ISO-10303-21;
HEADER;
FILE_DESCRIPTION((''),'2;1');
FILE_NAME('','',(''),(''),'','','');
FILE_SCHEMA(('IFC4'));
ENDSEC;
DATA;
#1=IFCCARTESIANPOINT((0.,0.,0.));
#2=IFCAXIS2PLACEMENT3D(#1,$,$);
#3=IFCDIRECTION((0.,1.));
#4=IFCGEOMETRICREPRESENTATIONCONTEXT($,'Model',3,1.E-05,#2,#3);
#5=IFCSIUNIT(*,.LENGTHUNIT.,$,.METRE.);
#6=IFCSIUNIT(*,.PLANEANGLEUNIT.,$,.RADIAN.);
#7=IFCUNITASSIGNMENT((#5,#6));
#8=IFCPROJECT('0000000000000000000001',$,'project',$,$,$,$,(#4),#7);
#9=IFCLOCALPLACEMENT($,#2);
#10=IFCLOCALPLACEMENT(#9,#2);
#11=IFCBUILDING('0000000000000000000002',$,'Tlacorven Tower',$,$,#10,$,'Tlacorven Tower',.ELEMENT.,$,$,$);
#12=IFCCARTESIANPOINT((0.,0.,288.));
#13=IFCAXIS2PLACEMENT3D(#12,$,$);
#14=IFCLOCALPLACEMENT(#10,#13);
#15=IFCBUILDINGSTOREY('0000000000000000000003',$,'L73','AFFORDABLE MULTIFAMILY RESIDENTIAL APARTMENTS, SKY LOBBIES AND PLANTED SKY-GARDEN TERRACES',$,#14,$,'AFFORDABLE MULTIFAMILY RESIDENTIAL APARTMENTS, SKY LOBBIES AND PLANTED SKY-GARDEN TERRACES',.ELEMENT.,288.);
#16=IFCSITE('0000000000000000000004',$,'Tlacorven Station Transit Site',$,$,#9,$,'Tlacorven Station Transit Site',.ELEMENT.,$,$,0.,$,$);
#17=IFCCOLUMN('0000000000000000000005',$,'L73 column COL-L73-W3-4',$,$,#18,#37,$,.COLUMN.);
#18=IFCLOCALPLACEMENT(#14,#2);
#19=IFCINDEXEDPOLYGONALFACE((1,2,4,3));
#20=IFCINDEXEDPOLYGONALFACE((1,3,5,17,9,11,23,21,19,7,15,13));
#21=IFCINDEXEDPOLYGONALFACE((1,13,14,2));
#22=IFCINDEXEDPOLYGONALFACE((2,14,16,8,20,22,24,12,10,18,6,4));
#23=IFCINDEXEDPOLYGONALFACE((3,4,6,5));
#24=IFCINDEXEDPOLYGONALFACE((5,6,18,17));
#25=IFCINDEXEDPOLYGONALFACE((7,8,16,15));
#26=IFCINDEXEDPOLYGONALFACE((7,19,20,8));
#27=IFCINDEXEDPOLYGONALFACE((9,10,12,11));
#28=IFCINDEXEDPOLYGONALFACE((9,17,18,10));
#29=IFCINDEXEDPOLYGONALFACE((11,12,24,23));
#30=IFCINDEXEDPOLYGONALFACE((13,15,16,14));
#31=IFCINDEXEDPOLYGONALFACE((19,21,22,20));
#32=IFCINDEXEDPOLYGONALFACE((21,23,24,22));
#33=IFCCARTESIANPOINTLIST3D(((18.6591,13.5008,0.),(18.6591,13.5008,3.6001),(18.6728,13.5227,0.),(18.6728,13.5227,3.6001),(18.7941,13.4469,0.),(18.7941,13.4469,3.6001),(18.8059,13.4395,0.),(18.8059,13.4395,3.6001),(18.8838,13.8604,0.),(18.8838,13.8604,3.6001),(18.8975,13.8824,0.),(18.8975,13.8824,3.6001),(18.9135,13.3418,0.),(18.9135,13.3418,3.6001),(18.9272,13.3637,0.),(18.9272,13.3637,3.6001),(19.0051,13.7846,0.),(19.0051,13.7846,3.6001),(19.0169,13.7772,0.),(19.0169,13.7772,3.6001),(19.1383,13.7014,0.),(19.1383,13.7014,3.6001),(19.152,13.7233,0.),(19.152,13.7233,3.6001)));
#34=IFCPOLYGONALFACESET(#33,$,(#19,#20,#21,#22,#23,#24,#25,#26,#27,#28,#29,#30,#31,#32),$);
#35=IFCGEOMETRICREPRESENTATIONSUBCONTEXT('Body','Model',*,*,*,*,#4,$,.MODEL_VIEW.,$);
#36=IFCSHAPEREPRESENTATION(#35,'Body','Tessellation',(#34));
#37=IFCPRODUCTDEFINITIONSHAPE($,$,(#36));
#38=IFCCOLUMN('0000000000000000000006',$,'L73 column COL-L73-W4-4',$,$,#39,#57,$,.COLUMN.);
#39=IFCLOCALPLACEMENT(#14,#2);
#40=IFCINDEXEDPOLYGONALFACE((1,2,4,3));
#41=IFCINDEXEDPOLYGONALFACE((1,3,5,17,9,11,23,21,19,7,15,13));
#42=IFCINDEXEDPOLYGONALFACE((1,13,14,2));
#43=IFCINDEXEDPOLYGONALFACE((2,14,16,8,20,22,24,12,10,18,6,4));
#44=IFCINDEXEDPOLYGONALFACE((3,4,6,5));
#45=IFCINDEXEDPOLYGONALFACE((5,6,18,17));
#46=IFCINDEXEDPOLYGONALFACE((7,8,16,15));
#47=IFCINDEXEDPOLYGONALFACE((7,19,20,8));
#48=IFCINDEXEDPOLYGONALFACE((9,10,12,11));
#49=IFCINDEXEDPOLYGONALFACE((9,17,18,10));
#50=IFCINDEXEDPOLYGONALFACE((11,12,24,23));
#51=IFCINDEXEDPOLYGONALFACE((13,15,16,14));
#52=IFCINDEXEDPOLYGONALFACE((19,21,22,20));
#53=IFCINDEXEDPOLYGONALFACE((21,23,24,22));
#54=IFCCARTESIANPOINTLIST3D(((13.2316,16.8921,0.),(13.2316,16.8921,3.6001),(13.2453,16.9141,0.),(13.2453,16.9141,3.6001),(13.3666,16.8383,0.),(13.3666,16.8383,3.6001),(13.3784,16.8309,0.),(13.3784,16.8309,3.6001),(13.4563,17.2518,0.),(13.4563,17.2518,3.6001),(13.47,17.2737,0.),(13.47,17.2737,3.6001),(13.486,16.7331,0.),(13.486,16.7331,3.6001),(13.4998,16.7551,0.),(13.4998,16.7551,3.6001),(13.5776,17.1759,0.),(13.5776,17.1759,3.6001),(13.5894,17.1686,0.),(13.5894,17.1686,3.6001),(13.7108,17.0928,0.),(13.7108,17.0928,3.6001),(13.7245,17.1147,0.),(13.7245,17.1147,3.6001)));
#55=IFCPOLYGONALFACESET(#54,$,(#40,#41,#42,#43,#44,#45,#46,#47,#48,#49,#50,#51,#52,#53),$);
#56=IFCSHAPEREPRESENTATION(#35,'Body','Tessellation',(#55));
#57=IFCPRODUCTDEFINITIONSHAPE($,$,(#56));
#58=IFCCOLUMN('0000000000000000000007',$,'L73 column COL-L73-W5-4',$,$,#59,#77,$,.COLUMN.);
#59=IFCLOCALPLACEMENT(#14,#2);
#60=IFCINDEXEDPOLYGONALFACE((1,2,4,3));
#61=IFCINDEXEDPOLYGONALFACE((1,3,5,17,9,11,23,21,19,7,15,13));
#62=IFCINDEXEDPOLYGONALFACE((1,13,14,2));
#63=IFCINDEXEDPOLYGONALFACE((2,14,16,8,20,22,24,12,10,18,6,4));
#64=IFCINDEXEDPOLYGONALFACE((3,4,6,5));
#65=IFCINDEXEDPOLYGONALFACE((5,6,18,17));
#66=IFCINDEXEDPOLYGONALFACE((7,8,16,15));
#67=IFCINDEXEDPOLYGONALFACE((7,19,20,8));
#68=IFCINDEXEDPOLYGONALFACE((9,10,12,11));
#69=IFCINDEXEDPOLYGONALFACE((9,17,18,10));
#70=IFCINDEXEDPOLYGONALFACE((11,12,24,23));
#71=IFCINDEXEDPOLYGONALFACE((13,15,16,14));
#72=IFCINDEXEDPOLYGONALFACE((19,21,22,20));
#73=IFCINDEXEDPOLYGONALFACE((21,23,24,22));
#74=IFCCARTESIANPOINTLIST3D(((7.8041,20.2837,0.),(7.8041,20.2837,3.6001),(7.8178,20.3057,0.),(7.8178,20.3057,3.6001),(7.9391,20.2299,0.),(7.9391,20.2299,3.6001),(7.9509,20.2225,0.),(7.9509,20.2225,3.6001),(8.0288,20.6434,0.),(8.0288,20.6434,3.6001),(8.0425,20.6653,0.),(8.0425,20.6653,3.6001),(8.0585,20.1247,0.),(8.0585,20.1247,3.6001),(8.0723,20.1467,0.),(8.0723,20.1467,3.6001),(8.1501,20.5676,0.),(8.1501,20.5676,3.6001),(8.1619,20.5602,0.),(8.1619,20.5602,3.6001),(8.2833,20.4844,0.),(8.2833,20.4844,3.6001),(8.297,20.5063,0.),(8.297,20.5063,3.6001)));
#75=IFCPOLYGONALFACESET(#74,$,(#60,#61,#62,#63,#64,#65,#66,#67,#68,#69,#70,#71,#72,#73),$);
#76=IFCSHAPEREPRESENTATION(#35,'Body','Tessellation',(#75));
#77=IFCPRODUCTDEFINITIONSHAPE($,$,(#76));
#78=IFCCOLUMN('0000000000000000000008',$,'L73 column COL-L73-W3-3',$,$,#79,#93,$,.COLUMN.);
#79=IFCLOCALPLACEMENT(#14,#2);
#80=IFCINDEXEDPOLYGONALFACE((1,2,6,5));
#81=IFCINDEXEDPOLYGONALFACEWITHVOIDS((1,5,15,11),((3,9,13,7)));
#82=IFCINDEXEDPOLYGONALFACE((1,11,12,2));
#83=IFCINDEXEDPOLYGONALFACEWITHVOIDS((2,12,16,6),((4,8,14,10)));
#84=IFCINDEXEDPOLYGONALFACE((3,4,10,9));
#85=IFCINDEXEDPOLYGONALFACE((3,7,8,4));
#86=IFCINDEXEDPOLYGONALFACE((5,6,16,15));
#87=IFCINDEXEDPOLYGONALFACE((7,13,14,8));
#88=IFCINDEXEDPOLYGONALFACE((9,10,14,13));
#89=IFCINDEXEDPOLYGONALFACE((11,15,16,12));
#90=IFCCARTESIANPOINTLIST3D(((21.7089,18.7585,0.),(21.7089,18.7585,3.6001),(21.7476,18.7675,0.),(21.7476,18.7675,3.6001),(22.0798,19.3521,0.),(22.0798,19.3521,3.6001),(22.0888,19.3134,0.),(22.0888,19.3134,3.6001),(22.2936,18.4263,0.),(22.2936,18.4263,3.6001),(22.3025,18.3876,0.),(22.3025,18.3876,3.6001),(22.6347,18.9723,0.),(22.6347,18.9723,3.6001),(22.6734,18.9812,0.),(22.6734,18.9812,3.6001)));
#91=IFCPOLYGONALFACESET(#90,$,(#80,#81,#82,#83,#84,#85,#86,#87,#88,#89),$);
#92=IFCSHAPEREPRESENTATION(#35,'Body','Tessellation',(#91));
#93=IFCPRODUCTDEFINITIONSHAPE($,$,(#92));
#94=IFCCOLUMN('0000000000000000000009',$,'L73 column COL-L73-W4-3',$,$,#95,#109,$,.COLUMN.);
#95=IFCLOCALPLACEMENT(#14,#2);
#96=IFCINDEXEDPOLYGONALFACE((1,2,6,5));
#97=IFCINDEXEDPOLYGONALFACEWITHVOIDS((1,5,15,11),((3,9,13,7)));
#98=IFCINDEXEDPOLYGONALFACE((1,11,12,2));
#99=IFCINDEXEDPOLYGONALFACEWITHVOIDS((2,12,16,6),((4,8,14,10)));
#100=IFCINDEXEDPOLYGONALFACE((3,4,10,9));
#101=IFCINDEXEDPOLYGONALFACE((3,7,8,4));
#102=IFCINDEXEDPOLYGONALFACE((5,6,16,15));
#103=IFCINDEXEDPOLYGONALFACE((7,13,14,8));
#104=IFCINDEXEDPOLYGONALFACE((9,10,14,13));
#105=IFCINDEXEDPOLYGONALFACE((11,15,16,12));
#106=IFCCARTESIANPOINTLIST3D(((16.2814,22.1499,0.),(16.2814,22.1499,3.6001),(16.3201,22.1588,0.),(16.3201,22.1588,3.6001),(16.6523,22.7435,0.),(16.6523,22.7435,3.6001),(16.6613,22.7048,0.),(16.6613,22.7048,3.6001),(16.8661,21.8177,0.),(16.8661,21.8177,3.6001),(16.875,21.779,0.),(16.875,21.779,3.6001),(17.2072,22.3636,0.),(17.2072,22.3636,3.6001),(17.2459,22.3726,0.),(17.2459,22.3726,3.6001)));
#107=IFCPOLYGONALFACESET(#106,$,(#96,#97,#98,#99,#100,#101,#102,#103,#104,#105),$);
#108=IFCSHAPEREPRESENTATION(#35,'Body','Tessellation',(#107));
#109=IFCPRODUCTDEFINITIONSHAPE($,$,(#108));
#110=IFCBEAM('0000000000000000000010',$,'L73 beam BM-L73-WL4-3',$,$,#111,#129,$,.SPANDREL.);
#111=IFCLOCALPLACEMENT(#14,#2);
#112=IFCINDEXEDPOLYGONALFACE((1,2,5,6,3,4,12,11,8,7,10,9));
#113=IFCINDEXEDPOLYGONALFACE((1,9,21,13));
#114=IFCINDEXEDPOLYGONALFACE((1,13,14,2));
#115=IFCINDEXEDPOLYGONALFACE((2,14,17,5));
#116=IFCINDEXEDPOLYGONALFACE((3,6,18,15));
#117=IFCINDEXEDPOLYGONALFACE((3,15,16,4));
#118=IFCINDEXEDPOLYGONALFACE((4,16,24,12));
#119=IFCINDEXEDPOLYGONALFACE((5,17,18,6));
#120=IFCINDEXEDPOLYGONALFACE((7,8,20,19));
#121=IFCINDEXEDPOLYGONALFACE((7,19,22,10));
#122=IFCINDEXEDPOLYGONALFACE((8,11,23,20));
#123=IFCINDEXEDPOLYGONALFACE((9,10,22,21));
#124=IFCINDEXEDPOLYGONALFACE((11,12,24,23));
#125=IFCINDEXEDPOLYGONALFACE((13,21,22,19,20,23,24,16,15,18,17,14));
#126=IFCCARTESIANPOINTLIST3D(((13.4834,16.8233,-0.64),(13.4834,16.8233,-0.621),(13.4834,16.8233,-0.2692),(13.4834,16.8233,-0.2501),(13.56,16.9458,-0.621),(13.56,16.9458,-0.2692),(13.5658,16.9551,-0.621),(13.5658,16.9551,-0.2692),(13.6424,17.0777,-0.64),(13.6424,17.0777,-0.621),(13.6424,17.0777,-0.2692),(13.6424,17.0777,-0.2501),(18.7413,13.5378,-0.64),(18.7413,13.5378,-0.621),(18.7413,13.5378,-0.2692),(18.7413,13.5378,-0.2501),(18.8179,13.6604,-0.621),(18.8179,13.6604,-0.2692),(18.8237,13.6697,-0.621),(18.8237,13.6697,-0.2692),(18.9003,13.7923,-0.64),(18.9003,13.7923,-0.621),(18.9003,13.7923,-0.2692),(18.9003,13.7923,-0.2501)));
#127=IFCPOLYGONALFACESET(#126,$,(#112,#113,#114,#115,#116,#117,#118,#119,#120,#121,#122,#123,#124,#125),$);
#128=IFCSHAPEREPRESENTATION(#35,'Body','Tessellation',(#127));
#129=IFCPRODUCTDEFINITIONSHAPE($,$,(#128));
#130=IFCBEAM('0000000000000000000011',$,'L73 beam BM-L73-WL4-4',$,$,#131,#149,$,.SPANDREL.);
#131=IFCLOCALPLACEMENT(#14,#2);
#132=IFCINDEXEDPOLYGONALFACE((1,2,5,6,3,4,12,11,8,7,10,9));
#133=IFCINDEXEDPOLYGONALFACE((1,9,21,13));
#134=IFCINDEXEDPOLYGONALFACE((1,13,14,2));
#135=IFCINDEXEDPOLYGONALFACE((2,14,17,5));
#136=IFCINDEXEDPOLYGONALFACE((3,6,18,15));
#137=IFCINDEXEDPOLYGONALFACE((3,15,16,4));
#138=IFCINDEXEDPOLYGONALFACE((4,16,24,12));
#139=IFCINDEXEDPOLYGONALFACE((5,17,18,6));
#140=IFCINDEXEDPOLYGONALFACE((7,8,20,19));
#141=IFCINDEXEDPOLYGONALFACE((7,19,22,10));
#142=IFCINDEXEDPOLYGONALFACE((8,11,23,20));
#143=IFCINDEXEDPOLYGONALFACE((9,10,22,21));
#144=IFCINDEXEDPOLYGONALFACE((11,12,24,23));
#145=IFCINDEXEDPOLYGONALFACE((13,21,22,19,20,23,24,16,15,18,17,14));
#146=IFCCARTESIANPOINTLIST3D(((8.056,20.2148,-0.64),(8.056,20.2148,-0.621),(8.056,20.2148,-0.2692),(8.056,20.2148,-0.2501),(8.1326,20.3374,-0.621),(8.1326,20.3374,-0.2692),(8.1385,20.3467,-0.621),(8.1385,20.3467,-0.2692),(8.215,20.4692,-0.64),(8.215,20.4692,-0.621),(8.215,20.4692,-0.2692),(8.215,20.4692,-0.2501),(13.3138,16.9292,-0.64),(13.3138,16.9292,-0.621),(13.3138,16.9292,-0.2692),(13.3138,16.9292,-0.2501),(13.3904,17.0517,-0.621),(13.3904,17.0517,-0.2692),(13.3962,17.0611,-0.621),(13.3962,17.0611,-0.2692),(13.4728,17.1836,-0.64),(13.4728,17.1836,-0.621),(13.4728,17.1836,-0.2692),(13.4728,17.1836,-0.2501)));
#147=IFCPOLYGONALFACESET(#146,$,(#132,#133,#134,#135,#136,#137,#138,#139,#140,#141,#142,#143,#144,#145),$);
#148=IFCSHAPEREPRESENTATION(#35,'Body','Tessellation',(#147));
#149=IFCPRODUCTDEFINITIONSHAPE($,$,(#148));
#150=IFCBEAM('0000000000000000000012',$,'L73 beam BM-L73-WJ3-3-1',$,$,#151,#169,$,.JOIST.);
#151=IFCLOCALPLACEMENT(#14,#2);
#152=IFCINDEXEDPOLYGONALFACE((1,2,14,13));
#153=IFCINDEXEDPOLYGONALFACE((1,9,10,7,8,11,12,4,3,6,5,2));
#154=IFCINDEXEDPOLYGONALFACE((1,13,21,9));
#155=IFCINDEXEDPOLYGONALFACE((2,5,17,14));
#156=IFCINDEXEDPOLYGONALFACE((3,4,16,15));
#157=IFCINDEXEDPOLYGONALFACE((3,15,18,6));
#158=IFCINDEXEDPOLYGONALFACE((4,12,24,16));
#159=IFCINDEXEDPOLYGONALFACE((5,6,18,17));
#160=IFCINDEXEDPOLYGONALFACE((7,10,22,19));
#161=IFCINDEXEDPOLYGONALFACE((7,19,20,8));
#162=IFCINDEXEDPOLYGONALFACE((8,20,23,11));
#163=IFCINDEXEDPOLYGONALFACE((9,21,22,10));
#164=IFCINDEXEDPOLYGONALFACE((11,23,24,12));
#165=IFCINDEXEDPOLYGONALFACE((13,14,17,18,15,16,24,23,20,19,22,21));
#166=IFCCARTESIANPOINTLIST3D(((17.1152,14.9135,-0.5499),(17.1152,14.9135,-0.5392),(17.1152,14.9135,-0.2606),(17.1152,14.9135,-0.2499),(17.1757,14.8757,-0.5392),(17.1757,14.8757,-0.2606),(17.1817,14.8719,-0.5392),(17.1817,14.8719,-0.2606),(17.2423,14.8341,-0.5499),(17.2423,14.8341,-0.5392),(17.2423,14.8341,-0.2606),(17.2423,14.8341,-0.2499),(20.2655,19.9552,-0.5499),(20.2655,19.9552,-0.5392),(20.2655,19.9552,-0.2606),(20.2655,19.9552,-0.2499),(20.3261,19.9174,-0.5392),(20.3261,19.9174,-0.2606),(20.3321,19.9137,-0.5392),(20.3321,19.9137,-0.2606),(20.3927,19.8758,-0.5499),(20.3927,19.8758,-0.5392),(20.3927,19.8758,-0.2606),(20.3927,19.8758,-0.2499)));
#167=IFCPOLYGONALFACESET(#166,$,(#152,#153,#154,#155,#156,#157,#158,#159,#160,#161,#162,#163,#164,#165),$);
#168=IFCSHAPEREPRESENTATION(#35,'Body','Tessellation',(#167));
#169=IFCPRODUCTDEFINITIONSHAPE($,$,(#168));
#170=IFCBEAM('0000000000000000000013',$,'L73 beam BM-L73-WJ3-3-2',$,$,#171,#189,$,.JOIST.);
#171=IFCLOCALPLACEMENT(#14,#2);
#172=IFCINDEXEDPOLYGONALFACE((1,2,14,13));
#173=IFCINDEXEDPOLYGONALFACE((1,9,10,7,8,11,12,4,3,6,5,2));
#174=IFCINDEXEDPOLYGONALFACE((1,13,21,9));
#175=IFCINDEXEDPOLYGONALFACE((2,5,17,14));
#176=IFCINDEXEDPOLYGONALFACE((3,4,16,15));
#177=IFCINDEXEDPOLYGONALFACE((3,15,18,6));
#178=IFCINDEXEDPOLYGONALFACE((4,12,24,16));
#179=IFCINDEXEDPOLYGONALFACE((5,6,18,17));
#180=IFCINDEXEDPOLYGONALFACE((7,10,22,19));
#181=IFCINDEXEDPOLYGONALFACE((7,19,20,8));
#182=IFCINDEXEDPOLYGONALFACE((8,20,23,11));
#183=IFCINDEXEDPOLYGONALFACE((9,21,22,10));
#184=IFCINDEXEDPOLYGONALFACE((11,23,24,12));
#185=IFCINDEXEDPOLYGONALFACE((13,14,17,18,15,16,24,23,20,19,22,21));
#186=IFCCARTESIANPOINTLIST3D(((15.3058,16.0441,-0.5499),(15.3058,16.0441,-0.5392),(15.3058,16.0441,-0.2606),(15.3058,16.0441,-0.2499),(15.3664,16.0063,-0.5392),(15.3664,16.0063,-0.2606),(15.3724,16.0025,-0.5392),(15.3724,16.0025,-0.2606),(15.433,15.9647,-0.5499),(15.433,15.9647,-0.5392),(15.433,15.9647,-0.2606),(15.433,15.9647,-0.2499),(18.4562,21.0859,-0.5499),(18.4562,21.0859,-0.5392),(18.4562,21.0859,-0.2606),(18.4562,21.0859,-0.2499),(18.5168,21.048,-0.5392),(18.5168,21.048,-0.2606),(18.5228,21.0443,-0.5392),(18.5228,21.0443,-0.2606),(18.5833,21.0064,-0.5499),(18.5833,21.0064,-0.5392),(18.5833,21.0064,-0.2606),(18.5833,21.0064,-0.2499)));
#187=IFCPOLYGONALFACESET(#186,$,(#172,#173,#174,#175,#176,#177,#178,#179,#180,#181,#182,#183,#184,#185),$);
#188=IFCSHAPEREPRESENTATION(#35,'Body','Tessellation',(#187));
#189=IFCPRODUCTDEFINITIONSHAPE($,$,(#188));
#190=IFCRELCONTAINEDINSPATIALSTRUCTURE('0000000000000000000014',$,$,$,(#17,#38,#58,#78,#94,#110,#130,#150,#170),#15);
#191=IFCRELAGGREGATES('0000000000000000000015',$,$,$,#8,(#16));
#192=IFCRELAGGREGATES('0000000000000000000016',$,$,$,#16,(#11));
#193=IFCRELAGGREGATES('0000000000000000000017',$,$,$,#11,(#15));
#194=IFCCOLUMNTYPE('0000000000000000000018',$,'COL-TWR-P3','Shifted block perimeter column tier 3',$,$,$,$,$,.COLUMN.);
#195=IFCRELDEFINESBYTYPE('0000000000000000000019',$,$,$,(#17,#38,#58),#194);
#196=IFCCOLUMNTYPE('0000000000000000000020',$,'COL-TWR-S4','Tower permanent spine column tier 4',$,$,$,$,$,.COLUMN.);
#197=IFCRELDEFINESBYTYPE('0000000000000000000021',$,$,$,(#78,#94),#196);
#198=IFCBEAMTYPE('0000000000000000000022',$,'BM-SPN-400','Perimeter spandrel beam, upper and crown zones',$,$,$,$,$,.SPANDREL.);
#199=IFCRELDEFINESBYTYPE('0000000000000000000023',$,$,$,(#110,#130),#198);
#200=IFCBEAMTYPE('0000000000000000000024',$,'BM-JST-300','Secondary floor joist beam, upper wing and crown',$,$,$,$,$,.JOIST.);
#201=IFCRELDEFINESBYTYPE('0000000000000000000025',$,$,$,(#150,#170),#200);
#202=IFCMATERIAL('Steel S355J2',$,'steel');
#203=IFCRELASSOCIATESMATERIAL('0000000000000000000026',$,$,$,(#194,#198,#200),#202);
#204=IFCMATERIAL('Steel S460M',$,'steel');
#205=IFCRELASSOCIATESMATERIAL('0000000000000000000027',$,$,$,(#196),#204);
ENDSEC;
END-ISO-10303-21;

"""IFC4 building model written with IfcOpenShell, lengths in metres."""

from ifc_helpers import new_model, si_unit, direction, frame, origin, origin_2d, place, context, subcontext, project, spatial, hollow_rectangle, i_section, extrude, source, transform, mapped, material, material_profile, profile_set, type_object, element, save


model = new_model("IFC4")

# Units and contexts
model_context = context("Model", 3, precision=1e-05, world=origin(), true_north=direction((0.0, 1.0)))
body_context = subcontext(model_context, "Body", "Model", "MODEL_VIEW")
ifc_project = project(units=[si_unit("LENGTHUNIT", "METRE"), si_unit("PLANEANGLEUNIT", "RADIAN")], contexts=[model_context])

# Site, building, storey
site_placement = place(None, origin())
site = spatial("IfcSite", under=ifc_project, at=site_placement, Name="Tlacorven Station Transit Site", LongName="Tlacorven Station Transit Site", CompositionType="ELEMENT", RefElevation=0.0)
building_placement = place(site_placement, origin())
building = spatial("IfcBuilding", under=site, at=building_placement, Name="Tlacorven Tower", LongName="Tlacorven Tower", CompositionType="ELEMENT")
storey_placement = place(building_placement, frame((0.0, 0.0, 288.0)))
storey = spatial("IfcBuildingStorey", under=building, at=storey_placement, Name="L73", Description="AFFORDABLE MULTIFAMILY RESIDENTIAL APARTMENTS, SKY LOBBIES AND PLANTED SKY-GARDEN TERRACES", LongName="AFFORDABLE MULTIFAMILY RESIDENTIAL APARTMENTS, SKY LOBBIES AND PLANTED SKY-GARDEN TERRACES", CompositionType="ELEMENT", Elevation=288.0)

# Columns
ifc_material_1 = material(Name="Steel S355J2", Category="steel")
ifc_material_profile_1 = material_profile(ifc_material_1, i_section(OverallWidth=0.3, OverallDepth=0.45, WebThickness=0.0139, FlangeThickness=0.0259, at=origin_2d()), Name="HEB 450")
ifc_profile_set_1 = profile_set([ifc_material_profile_1], Name="Steel S355J2")
column_type_1 = type_object("IfcColumnType", Name="COL-TWR-P3", Description="Shifted block perimeter column tier 3", PredefinedType="COLUMN", material=ifc_profile_set_1)
shared_shape_1 = source(origin(), body_context, "Body", "SweptSolid", [
    extrude(i_section(OverallWidth=0.3, OverallDepth=0.45, WebThickness=0.0139, FlangeThickness=0.0259, at=origin_2d()), origin(), (0.0, 0.0, 1.0), 3.6001),
])
for number, where, z_axis, x_axis, name in (
    (1, (18.9055, 13.6121, 0.0), (0.0, 0.0, 1.0), (-0.848048, 0.529919, 0.0), "L73 column COL-L73-W3-4"),
    (2, (13.478, 17.0034, 0.0), (0.0, 0.0, 1.0), (-0.848048, 0.529919, 0.0), "L73 column COL-L73-W4-4"),
    (3, (8.0505, 20.395, 0.0), (0.0, 0.0, 1.0), (-0.848048, 0.529919, 0.0), "L73 column COL-L73-W5-4"),
):
    element("IfcColumn", number, at=place(storey_placement, frame(where, z_axis=z_axis, x_axis=x_axis)), inside=storey, type_object=column_type_1, Name=name, PredefinedType="COLUMN", context=body_context, shape_type="MappedRepresentation", body=[
        mapped(shared_shape_1, transform((0.0, 0.0, 0.0), scale=1.0)),
    ])
ifc_material_2 = material(Name="Steel S460M", Category="steel")
ifc_material_profile_2 = material_profile(ifc_material_2, hollow_rectangle(XDim=0.7, YDim=0.7, WallThickness=0.0281, at=origin_2d()), Name="BOX 700X700X28")
ifc_profile_set_2 = profile_set([ifc_material_profile_2], Name="Steel S460M")
column_type_2 = type_object("IfcColumnType", Name="COL-TWR-S4", Description="Tower permanent spine column tier 4", PredefinedType="COLUMN", material=ifc_profile_set_2)
shared_shape_2 = source(origin(), body_context, "Body", "SweptSolid", [
    extrude(hollow_rectangle(XDim=0.7, YDim=0.7, WallThickness=0.0281, at=origin_2d()), origin(), (0.0, 0.0, 1.0), 3.6001),
])
for number, where, z_axis, x_axis, name in (
    (4, (22.1912, 18.8699, 0.0), (0.0, 0.0, 1.0), (-0.848048, 0.529919, 0.0), "L73 column COL-L73-W3-3"),
    (5, (16.7637, 22.2612, 0.0), (0.0, 0.0, 1.0), (-0.848048, 0.529919, 0.0), "L73 column COL-L73-W4-3"),
):
    element("IfcColumn", number, at=place(storey_placement, frame(where, z_axis=z_axis, x_axis=x_axis)), inside=storey, type_object=column_type_2, Name=name, PredefinedType="COLUMN", context=body_context, shape_type="MappedRepresentation", body=[
        mapped(shared_shape_2, transform((0.0, 0.0, 0.0), scale=1.0)),
    ])

# Beams
ifc_material_profile_3 = material_profile(ifc_material_1, i_section(OverallWidth=0.3, OverallDepth=0.3899, WebThickness=0.011, FlangeThickness=0.019, at=origin_2d()), Name="HEA 400")
ifc_profile_set_3 = profile_set([ifc_material_profile_3], Name="Steel S355J2")
beam_type_1 = type_object("IfcBeamType", Name="BM-SPN-400", Description="Perimeter spandrel beam, upper and crown zones", PredefinedType="SPANDREL", material=ifc_profile_set_3)
shared_shape_3 = source(origin(), body_context, "Body", "SweptSolid", [
    extrude(i_section(OverallWidth=0.3, OverallDepth=0.3899, WebThickness=0.011, FlangeThickness=0.019, at=origin_2d()), origin(), (0.0, 0.0, 1.0), 6.2),
])
for number, where, z_axis, x_axis, name in (
    (6, (18.8208, 13.665, -0.4451), (-0.848051, 0.529914, 0.0), (-0.529914, -0.848051, 0.0), "L73 beam BM-L73-WL4-3"),
    (7, (13.3933, 17.0564, -0.4451), (-0.848034, 0.529942, 0.0), (-0.529942, -0.848034, 0.0), "L73 beam BM-L73-WL4-4"),
):
    element("IfcBeam", number, at=place(storey_placement, frame(where, z_axis=z_axis, x_axis=x_axis)), inside=storey, type_object=beam_type_1, Name=name, PredefinedType="SPANDREL", context=body_context, shape_type="MappedRepresentation", body=[
        mapped(shared_shape_3, transform((0.0, 0.0, 0.0), scale=1.0)),
    ])
ifc_material_profile_4 = material_profile(ifc_material_1, i_section(OverallWidth=0.1499, OverallDepth=0.3, WebThickness=0.0071, FlangeThickness=0.0107, at=origin_2d()), Name="IPE 300")
ifc_profile_set_4 = profile_set([ifc_material_profile_4], Name="Steel S355J2")
beam_type_2 = type_object("IfcBeamType", Name="BM-JST-300", Description="Secondary floor joist beam, upper wing and crown", PredefinedType="JOIST", material=ifc_profile_set_4)
shared_shape_4 = source(origin(), body_context, "Body", "SweptSolid", [
    extrude(i_section(OverallWidth=0.1499, OverallDepth=0.3, WebThickness=0.0071, FlangeThickness=0.0107, at=origin_2d()), origin(), (0.0, 0.0, 1.0), 5.9451),
])
for number, where, z_axis, x_axis, name in (
    (8, (20.3291, 19.9155, -0.3999), (-0.529914, -0.848051, 0.0), (0.848051, -0.529914, 0.0), "L73 beam BM-L73-WJ3-3-1"),
    (9, (18.5198, 21.0461, -0.3999), (-0.529914, -0.848051, 0.0), (0.848051, -0.529914, 0.0), "L73 beam BM-L73-WJ3-3-2"),
):
    element("IfcBeam", number, at=place(storey_placement, frame(where, z_axis=z_axis, x_axis=x_axis)), inside=storey, type_object=beam_type_2, Name=name, PredefinedType="JOIST", context=body_context, shape_type="MappedRepresentation", body=[
        mapped(shared_shape_4, transform((0.0, 0.0, 0.0), scale=1.0)),
    ])

save(model, "model.ifc")
